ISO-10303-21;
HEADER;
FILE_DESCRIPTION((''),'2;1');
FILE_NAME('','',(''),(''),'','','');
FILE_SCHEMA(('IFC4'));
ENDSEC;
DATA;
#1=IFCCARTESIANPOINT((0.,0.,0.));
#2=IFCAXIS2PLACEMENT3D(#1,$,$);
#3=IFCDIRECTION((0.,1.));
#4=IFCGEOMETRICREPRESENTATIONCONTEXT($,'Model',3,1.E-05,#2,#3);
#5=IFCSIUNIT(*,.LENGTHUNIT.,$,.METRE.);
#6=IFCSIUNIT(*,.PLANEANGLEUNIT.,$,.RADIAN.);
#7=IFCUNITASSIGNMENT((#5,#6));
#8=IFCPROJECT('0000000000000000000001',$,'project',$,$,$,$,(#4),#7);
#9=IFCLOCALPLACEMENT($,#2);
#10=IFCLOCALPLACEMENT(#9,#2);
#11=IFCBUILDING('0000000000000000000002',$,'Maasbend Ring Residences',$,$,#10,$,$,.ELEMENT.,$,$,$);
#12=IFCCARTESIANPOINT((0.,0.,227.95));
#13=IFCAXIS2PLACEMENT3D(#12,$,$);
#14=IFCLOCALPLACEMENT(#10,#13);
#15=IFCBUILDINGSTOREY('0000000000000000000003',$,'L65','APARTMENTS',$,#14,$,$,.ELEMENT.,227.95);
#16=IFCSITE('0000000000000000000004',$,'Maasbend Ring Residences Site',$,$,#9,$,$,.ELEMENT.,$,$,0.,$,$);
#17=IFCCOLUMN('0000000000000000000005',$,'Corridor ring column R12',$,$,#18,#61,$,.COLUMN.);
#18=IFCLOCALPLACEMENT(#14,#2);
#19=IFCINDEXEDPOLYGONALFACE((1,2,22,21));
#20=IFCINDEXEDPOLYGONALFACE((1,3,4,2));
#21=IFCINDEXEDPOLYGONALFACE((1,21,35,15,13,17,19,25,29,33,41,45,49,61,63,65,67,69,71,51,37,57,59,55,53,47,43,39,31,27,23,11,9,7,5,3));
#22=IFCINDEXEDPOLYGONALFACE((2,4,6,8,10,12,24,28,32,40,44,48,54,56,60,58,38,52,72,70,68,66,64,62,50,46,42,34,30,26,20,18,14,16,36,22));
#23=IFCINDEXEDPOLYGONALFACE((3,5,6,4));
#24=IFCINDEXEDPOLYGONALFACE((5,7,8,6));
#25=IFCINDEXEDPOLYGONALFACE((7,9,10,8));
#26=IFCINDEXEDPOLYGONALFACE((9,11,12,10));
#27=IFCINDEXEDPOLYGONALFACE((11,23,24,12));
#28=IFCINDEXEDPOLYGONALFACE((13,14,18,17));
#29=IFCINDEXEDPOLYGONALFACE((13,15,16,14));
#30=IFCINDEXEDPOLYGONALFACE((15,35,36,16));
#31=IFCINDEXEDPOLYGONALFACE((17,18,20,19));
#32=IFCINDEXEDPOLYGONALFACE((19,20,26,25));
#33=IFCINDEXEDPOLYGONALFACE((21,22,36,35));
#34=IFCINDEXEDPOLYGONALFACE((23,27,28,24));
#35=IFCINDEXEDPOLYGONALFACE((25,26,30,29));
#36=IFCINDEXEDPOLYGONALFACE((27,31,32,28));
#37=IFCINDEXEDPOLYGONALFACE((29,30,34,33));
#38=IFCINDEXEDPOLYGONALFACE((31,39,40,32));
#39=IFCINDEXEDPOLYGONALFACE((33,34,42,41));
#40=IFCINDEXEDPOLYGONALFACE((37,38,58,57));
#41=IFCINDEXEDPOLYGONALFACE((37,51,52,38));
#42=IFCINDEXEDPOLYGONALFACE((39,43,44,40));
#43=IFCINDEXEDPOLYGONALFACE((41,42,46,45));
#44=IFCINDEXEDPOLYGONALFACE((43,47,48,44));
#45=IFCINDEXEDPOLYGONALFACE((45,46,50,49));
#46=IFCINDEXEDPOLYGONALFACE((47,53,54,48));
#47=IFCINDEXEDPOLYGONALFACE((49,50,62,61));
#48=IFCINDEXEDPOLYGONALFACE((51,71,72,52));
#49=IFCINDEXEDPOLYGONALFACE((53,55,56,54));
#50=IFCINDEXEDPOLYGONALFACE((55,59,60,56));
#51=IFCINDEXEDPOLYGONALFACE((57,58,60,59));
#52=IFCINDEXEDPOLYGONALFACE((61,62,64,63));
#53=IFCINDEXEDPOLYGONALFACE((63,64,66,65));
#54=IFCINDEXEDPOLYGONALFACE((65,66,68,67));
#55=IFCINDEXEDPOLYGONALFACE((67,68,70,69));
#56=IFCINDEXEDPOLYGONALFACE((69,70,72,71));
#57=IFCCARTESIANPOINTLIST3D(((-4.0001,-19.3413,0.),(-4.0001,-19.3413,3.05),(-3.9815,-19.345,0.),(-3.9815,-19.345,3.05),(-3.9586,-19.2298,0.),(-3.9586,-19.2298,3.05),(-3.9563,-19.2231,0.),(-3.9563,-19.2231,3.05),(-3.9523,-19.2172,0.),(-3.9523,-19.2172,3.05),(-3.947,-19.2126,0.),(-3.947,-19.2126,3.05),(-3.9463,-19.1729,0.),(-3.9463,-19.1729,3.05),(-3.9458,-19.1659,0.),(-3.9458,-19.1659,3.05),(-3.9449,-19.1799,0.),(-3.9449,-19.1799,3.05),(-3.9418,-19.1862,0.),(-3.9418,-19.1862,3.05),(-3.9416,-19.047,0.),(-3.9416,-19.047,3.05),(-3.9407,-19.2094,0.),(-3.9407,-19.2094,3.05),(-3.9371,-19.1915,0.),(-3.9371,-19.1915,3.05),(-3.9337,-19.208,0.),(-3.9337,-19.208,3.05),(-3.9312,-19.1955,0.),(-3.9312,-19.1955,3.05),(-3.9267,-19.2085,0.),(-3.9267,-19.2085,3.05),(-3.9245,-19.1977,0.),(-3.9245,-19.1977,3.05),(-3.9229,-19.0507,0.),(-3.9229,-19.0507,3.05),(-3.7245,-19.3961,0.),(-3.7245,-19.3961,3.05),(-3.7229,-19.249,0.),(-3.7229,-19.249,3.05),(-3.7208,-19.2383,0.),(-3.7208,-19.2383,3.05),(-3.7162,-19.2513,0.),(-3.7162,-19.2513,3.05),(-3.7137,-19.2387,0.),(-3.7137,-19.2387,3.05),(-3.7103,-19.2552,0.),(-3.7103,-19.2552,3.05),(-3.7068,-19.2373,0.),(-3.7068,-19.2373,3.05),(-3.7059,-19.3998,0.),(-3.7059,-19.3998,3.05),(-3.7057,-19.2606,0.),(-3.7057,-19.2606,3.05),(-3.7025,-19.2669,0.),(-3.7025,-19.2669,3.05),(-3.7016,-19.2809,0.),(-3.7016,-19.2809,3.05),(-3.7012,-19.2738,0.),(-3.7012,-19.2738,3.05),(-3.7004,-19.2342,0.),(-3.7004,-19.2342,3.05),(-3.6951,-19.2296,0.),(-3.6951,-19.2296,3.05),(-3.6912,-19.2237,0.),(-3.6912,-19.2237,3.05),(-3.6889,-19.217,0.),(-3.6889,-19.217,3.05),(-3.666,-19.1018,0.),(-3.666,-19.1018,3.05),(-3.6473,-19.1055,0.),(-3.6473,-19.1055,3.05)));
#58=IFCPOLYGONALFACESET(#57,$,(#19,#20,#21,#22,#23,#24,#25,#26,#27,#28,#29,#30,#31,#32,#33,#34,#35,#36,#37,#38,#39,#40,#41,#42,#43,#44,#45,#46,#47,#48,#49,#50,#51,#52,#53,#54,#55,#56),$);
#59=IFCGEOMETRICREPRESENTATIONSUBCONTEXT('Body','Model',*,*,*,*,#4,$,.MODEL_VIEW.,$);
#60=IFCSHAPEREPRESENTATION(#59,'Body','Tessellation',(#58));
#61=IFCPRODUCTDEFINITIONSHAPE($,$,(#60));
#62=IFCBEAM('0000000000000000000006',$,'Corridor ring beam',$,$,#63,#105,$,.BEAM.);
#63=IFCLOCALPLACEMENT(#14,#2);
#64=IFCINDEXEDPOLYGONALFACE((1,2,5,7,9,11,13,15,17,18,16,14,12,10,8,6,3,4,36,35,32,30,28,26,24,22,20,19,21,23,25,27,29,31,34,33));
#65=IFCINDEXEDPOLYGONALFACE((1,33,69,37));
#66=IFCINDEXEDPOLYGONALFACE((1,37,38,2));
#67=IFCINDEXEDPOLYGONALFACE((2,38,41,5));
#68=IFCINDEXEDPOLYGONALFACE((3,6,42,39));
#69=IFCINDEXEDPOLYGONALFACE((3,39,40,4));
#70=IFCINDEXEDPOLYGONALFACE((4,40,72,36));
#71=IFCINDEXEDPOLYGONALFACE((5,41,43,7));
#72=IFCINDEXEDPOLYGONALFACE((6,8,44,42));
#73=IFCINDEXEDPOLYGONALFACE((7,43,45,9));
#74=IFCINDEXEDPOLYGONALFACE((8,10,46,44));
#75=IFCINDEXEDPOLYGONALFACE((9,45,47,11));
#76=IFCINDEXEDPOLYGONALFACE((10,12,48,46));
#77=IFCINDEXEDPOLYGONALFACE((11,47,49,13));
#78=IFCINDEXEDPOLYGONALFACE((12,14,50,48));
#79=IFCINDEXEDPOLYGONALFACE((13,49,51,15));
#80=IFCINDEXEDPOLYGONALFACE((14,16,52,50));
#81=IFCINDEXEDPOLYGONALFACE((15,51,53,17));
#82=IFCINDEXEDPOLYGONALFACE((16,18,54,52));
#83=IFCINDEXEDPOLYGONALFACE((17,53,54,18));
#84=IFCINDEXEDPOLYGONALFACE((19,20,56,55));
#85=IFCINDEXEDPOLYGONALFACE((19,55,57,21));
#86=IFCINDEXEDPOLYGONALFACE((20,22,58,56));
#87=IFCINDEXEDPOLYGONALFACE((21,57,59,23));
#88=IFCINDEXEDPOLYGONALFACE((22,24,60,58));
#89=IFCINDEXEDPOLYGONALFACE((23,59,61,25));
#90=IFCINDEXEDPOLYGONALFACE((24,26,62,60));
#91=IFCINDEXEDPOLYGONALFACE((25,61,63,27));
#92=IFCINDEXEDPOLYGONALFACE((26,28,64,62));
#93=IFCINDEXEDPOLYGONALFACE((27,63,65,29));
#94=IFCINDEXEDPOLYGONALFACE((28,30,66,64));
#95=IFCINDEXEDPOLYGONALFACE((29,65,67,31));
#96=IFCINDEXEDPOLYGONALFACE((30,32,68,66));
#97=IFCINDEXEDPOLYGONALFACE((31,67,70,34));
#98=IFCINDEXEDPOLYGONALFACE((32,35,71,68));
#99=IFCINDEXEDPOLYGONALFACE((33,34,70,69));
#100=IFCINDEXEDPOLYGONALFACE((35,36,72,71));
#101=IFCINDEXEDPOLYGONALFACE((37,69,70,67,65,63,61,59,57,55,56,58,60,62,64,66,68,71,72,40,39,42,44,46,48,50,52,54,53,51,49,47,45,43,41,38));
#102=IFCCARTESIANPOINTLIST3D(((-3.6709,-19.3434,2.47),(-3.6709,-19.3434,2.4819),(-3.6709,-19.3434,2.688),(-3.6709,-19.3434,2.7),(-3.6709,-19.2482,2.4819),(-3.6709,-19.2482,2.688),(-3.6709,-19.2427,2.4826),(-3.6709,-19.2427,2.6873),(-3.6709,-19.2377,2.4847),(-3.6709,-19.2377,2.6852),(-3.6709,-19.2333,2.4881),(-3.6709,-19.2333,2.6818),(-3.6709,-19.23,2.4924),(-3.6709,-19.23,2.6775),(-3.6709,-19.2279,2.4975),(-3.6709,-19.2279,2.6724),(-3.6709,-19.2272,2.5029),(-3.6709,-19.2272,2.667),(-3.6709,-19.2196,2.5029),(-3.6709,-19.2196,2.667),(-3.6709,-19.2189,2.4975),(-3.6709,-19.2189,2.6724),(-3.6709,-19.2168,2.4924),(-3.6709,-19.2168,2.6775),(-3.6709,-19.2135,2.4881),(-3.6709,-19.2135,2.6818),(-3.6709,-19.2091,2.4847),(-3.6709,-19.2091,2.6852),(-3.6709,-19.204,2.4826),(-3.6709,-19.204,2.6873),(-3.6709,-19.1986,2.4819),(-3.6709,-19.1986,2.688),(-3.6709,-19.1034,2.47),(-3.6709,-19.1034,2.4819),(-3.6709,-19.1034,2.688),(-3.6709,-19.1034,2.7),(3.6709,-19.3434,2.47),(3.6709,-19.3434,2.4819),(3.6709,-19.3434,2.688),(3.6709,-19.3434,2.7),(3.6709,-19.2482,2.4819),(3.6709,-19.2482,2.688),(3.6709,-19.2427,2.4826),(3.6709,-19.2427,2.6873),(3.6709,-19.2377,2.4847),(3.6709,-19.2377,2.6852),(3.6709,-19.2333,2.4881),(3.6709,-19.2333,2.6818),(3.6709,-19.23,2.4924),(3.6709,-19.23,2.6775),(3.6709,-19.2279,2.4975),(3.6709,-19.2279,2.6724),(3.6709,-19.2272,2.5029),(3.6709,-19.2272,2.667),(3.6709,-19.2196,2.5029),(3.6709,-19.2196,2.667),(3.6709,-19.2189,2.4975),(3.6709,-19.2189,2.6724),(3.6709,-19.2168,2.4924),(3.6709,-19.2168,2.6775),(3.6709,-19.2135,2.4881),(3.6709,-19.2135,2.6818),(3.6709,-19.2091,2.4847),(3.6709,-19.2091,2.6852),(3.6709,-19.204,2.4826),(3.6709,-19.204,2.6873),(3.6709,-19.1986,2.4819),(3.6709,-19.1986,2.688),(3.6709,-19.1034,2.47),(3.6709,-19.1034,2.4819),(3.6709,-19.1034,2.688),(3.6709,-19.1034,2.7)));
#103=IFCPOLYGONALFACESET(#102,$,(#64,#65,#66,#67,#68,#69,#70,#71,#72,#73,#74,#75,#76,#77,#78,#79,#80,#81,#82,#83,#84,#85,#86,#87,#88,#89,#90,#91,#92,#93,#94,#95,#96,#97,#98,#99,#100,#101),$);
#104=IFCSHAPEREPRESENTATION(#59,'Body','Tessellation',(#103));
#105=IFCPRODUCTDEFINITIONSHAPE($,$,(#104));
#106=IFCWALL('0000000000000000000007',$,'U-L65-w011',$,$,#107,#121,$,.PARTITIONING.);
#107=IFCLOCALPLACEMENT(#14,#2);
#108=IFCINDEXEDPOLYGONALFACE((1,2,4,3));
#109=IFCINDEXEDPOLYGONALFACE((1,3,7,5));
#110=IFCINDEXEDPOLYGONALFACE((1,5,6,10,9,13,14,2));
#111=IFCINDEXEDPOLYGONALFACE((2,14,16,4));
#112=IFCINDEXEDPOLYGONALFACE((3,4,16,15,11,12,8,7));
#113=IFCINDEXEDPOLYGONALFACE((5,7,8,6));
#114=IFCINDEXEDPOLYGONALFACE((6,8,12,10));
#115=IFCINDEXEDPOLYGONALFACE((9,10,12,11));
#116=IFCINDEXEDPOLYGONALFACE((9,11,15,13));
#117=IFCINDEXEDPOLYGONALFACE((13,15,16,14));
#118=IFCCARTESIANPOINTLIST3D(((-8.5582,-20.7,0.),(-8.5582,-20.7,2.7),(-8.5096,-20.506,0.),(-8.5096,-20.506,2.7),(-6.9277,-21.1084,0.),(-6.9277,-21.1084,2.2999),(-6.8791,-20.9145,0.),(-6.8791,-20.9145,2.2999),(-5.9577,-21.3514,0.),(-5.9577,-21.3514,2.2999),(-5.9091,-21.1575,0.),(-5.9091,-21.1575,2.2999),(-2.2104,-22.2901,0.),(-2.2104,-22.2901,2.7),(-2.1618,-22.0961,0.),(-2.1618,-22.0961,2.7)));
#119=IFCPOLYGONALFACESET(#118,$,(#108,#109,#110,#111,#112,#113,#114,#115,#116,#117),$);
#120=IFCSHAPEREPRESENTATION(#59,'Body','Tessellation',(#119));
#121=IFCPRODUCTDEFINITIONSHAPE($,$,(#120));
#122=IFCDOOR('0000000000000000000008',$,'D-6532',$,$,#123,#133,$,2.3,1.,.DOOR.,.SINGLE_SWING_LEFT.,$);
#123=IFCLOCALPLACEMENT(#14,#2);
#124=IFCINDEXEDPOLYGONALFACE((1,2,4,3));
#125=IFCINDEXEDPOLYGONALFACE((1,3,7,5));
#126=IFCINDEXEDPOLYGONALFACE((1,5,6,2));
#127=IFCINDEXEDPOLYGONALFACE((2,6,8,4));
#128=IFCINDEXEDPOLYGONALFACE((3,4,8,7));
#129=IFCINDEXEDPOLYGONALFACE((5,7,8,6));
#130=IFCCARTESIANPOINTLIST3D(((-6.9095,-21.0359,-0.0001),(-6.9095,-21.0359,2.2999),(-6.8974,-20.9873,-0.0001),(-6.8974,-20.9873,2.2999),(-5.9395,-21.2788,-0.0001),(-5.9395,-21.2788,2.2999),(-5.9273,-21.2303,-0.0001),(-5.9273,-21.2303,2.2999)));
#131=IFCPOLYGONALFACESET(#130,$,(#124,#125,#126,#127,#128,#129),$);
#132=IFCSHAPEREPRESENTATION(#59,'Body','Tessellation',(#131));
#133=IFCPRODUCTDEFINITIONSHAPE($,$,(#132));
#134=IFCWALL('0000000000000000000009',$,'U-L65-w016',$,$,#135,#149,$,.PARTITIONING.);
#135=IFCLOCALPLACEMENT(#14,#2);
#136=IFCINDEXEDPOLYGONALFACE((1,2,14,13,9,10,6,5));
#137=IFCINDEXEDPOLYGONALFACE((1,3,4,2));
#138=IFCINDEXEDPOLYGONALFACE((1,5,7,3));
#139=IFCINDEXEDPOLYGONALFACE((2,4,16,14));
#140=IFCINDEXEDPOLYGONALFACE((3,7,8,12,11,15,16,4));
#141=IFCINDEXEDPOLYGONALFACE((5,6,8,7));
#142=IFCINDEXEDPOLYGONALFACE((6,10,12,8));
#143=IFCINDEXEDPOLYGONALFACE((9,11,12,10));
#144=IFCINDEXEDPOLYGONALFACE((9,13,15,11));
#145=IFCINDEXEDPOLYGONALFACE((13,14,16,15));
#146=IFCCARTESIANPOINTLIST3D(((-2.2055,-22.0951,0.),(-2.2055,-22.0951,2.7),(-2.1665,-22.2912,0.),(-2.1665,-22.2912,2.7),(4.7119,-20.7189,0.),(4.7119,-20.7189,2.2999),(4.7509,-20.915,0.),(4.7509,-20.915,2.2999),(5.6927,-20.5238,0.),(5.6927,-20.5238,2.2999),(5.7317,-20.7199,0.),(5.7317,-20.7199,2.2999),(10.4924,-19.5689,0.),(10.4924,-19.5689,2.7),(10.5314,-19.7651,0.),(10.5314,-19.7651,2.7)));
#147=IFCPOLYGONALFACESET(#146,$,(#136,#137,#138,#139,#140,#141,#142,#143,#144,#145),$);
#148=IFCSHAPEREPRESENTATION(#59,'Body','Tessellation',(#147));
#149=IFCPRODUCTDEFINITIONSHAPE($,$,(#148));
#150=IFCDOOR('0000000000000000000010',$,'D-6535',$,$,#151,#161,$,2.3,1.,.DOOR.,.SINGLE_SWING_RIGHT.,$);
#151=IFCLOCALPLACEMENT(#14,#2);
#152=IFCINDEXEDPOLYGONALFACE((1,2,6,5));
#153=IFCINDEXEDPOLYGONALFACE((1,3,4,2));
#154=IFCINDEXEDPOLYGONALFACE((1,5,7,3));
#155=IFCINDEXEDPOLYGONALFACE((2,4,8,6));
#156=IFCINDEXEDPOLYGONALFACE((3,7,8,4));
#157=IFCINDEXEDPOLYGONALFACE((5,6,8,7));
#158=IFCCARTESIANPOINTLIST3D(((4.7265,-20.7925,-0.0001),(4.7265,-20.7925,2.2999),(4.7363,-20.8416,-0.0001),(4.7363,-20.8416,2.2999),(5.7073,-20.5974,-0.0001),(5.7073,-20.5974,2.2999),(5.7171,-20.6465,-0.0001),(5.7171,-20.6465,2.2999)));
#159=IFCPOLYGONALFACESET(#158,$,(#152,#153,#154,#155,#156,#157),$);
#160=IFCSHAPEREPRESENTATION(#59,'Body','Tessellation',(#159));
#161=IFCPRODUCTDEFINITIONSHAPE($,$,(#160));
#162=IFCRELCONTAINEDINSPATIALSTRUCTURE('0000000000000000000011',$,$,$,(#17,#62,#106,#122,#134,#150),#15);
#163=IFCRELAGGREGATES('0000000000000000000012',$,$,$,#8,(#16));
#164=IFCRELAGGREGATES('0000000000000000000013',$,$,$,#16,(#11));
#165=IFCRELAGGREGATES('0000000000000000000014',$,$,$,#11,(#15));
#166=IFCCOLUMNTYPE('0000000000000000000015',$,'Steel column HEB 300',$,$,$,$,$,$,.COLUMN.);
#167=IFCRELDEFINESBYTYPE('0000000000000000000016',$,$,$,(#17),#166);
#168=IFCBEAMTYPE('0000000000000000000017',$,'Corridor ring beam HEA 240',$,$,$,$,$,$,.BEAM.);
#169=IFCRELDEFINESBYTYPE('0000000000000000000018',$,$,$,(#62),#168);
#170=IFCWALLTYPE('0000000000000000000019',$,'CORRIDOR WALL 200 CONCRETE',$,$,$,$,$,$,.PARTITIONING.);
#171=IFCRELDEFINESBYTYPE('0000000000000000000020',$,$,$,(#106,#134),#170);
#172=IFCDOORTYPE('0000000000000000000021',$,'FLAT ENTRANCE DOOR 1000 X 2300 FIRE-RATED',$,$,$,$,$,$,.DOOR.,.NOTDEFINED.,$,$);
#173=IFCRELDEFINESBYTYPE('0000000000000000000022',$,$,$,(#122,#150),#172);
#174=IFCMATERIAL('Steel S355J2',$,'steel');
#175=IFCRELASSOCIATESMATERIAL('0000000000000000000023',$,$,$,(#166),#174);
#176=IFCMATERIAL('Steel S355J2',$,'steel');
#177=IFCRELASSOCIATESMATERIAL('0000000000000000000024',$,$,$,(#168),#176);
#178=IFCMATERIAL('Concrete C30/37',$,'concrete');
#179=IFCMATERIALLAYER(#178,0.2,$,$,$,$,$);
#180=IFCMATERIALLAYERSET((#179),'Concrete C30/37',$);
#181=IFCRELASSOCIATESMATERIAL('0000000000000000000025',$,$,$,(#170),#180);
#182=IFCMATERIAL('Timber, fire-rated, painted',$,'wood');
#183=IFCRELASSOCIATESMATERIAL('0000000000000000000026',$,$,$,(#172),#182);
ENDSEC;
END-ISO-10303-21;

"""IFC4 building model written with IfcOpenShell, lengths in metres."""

from ifc_helpers import new_model, si_unit, direction, frame, frame_2d, origin, origin_2d, place, context, subcontext, project, spatial, rectangle, i_section, extrude, material, layer, layer_set, material_profile, profile_set, type_object, element, fill, save


model = new_model("IFC4")

# Units and contexts
model_context = context("Model", 3, precision=1e-05, world=origin(), true_north=direction((0.0, 1.0)))
body_context = subcontext(model_context, "Body", "Model", "MODEL_VIEW")
ifc_project = project(units=[si_unit("LENGTHUNIT", "METRE"), si_unit("PLANEANGLEUNIT", "RADIAN")], contexts=[model_context])

# Site, building, storey
site_placement = place(None, origin())
site = spatial("IfcSite", under=ifc_project, at=site_placement, Name="Maasbend Ring Residences Site", CompositionType="ELEMENT", RefElevation=0.0)
building_placement = place(site_placement, origin())
building = spatial("IfcBuilding", under=site, at=building_placement, Name="Maasbend Ring Residences", CompositionType="ELEMENT")
storey_placement = place(building_placement, frame((0.0, 0.0, 227.95)))
storey = spatial("IfcBuildingStorey", under=building, at=storey_placement, Name="L65", Description="APARTMENTS", CompositionType="ELEMENT", Elevation=227.95)

# Column
ifc_material_1 = material(Name="Steel S355J2", Category="steel")
ifc_material_profile_1 = material_profile(ifc_material_1, i_section(OverallWidth=0.3, OverallDepth=0.3, WebThickness=0.011, FlangeThickness=0.019, FilletRadius=0.0271, at=origin_2d()), Name="HEB 300")
ifc_profile_set_1 = profile_set([ifc_material_profile_1], Name="Steel S355J2")
column_type = type_object("IfcColumnType", Name="Steel column HEB 300", PredefinedType="COLUMN", material=ifc_profile_set_1)
column_placement = place(storey_placement, frame((-3.8237, -19.2234, 0.0), z_axis=(0.0, 0.0, 1.0), x_axis=(-0.19509, -0.980785, 0.0)))
element("IfcColumn", 1, at=column_placement, inside=storey, type_object=column_type, Name="Corridor ring column R12", PredefinedType="COLUMN", context=body_context, shape_type="SweptSolid", body=[
    extrude(i_section(OverallWidth=0.3, OverallDepth=0.3, WebThickness=0.011, FlangeThickness=0.019, FilletRadius=0.0271, at=origin_2d()), origin(), (0.0, 0.0, 1.0), 3.05),
])

# Beam
ifc_material_2 = material(Name="Steel S355J2", Category="steel")
ifc_material_profile_2 = material_profile(ifc_material_2, i_section(OverallWidth=0.24, OverallDepth=0.23, WebThickness=0.0076, FlangeThickness=0.012, FilletRadius=0.021, at=origin_2d()), Name="HEA 240")
ifc_profile_set_2 = profile_set([ifc_material_profile_2], Name="Steel S355J2")
beam_type = type_object("IfcBeamType", Name="Corridor ring beam HEA 240", PredefinedType="BEAM", material=ifc_profile_set_2)
beam_placement = place(storey_placement, frame((-3.6709, -19.2234, 2.585), z_axis=(1.0, 0.0, 0.0), x_axis=(0.0, 1.0, 0.0)))
element("IfcBeam", 2, at=beam_placement, inside=storey, type_object=beam_type, Name="Corridor ring beam", PredefinedType="BEAM", context=body_context, shape_type="SweptSolid", body=[
    extrude(i_section(OverallWidth=0.24, OverallDepth=0.23, WebThickness=0.0076, FlangeThickness=0.012, FilletRadius=0.021, at=origin_2d()), origin(), (0.0, 0.0, 1.0), 7.3418),
])

# Walls, openings, doors
ifc_material_3 = material(Name="Concrete C30/37", Category="concrete")
ifc_layer_1 = layer(ifc_material_3, 0.2)
ifc_layer_set_1 = layer_set([ifc_layer_1], Name="Concrete C30/37")
wall_type_1 = type_object("IfcWallType", Name="CORRIDOR WALL 200 CONCRETE", PredefinedType="PARTITIONING", material=ifc_layer_set_1)
wall_1_placement = place(storey_placement, frame((-8.5339, -20.603, 0.0), z_axis=(0.0, 0.0, 1.0), x_axis=(0.97003, -0.242983, 0.0)))
wall_1 = element("IfcWall", 3, at=wall_1_placement, inside=storey, type_object=wall_type_1, Name="U-L65-w011", PredefinedType="PARTITIONING", context=body_context, shape_type="SweptSolid", body=[
    extrude(rectangle(XDim=6.5439, YDim=0.2, at=frame_2d((3.272, 0.0))), origin(), (0.0, 0.0, 1.0), 2.7),
])
opening_1_placement = place(wall_1_placement, frame((1.6809, 0.0, 0.0)))
opening_1 = element("IfcOpeningElement", 4, at=opening_1_placement, cuts=wall_1, PredefinedType="OPENING", context=body_context, shape_type="SweptSolid", body=[
    extrude(rectangle(XDim=1.0, YDim=2.3, at=frame_2d((0.5, 1.1499))), frame((0.0, 0.1099, 0.0), z_axis=(0.0, -1.0, 0.0), x_axis=(1.0, 0.0, 0.0)), (0.0, 0.0, 1.0), 0.22),
])
ifc_material_4 = material(Name="Timber, fire-rated, painted", Category="wood")
door_type_1 = type_object("IfcDoorType", Name="FLAT ENTRANCE DOOR 1000 X 2300 FIRE-RATED", OperationType="NOTDEFINED", PredefinedType="DOOR", material=ifc_material_4)
door_1_placement = place(opening_1_placement, origin())
door_1 = element("IfcDoor", 5, at=door_1_placement, inside=storey, type_object=door_type_1, Name="D-6532", OperationType="SINGLE_SWING_LEFT", OverallHeight=2.3, OverallWidth=1.0, PredefinedType="DOOR", context=body_context, shape_type="SweptSolid", body=[
    extrude(rectangle(XDim=1.0, YDim=2.3, at=frame_2d((0.5, 1.1499))), frame((0.0, 0.0249, 0.0), z_axis=(0.0, -1.0, 0.0), x_axis=(1.0, 0.0, 0.0)), (0.0, 0.0, 1.0), 0.05),
])
fill(opening_1, door_1)
wall_2_placement = place(storey_placement, frame((-2.186, -22.1931, 0.0), z_axis=(0.0, 0.0, 1.0), x_axis=(0.98078, 0.195115, 0.0)))
wall_2 = element("IfcWall", 6, at=wall_2_placement, inside=storey, type_object=wall_type_1, Name="U-L65-w016", PredefinedType="PARTITIONING", context=body_context, shape_type="SweptSolid", body=[
    extrude(rectangle(XDim=12.9468, YDim=0.2, at=frame_2d((6.4734, 0.0))), origin(), (0.0, 0.0, 1.0), 2.7),
])
opening_2_placement = place(wall_2_placement, frame((7.053, 0.0, 0.0)))
opening_2 = element("IfcOpeningElement", 7, at=opening_2_placement, cuts=wall_2, PredefinedType="OPENING", context=body_context, shape_type="SweptSolid", body=[
    extrude(rectangle(XDim=1.0, YDim=2.3, at=frame_2d((0.5, 1.1499))), frame((0.0, 0.1099, 0.0), z_axis=(0.0, -1.0, 0.0), x_axis=(1.0, 0.0, 0.0)), (0.0, 0.0, 1.0), 0.22),
])
door_2_placement = place(opening_2_placement, origin())
door_2 = element("IfcDoor", 8, at=door_2_placement, inside=storey, type_object=door_type_1, Name="D-6535", OperationType="SINGLE_SWING_RIGHT", OverallHeight=2.3, OverallWidth=1.0, PredefinedType="DOOR", context=body_context, shape_type="SweptSolid", body=[
    extrude(rectangle(XDim=1.0, YDim=2.3, at=frame_2d((0.5, 1.1499))), frame((0.0, 0.0249, 0.0), z_axis=(0.0, -1.0, 0.0), x_axis=(1.0, 0.0, 0.0)), (0.0, 0.0, 1.0), 0.05),
])
fill(opening_2, door_2)

save(model, "model.ifc")
